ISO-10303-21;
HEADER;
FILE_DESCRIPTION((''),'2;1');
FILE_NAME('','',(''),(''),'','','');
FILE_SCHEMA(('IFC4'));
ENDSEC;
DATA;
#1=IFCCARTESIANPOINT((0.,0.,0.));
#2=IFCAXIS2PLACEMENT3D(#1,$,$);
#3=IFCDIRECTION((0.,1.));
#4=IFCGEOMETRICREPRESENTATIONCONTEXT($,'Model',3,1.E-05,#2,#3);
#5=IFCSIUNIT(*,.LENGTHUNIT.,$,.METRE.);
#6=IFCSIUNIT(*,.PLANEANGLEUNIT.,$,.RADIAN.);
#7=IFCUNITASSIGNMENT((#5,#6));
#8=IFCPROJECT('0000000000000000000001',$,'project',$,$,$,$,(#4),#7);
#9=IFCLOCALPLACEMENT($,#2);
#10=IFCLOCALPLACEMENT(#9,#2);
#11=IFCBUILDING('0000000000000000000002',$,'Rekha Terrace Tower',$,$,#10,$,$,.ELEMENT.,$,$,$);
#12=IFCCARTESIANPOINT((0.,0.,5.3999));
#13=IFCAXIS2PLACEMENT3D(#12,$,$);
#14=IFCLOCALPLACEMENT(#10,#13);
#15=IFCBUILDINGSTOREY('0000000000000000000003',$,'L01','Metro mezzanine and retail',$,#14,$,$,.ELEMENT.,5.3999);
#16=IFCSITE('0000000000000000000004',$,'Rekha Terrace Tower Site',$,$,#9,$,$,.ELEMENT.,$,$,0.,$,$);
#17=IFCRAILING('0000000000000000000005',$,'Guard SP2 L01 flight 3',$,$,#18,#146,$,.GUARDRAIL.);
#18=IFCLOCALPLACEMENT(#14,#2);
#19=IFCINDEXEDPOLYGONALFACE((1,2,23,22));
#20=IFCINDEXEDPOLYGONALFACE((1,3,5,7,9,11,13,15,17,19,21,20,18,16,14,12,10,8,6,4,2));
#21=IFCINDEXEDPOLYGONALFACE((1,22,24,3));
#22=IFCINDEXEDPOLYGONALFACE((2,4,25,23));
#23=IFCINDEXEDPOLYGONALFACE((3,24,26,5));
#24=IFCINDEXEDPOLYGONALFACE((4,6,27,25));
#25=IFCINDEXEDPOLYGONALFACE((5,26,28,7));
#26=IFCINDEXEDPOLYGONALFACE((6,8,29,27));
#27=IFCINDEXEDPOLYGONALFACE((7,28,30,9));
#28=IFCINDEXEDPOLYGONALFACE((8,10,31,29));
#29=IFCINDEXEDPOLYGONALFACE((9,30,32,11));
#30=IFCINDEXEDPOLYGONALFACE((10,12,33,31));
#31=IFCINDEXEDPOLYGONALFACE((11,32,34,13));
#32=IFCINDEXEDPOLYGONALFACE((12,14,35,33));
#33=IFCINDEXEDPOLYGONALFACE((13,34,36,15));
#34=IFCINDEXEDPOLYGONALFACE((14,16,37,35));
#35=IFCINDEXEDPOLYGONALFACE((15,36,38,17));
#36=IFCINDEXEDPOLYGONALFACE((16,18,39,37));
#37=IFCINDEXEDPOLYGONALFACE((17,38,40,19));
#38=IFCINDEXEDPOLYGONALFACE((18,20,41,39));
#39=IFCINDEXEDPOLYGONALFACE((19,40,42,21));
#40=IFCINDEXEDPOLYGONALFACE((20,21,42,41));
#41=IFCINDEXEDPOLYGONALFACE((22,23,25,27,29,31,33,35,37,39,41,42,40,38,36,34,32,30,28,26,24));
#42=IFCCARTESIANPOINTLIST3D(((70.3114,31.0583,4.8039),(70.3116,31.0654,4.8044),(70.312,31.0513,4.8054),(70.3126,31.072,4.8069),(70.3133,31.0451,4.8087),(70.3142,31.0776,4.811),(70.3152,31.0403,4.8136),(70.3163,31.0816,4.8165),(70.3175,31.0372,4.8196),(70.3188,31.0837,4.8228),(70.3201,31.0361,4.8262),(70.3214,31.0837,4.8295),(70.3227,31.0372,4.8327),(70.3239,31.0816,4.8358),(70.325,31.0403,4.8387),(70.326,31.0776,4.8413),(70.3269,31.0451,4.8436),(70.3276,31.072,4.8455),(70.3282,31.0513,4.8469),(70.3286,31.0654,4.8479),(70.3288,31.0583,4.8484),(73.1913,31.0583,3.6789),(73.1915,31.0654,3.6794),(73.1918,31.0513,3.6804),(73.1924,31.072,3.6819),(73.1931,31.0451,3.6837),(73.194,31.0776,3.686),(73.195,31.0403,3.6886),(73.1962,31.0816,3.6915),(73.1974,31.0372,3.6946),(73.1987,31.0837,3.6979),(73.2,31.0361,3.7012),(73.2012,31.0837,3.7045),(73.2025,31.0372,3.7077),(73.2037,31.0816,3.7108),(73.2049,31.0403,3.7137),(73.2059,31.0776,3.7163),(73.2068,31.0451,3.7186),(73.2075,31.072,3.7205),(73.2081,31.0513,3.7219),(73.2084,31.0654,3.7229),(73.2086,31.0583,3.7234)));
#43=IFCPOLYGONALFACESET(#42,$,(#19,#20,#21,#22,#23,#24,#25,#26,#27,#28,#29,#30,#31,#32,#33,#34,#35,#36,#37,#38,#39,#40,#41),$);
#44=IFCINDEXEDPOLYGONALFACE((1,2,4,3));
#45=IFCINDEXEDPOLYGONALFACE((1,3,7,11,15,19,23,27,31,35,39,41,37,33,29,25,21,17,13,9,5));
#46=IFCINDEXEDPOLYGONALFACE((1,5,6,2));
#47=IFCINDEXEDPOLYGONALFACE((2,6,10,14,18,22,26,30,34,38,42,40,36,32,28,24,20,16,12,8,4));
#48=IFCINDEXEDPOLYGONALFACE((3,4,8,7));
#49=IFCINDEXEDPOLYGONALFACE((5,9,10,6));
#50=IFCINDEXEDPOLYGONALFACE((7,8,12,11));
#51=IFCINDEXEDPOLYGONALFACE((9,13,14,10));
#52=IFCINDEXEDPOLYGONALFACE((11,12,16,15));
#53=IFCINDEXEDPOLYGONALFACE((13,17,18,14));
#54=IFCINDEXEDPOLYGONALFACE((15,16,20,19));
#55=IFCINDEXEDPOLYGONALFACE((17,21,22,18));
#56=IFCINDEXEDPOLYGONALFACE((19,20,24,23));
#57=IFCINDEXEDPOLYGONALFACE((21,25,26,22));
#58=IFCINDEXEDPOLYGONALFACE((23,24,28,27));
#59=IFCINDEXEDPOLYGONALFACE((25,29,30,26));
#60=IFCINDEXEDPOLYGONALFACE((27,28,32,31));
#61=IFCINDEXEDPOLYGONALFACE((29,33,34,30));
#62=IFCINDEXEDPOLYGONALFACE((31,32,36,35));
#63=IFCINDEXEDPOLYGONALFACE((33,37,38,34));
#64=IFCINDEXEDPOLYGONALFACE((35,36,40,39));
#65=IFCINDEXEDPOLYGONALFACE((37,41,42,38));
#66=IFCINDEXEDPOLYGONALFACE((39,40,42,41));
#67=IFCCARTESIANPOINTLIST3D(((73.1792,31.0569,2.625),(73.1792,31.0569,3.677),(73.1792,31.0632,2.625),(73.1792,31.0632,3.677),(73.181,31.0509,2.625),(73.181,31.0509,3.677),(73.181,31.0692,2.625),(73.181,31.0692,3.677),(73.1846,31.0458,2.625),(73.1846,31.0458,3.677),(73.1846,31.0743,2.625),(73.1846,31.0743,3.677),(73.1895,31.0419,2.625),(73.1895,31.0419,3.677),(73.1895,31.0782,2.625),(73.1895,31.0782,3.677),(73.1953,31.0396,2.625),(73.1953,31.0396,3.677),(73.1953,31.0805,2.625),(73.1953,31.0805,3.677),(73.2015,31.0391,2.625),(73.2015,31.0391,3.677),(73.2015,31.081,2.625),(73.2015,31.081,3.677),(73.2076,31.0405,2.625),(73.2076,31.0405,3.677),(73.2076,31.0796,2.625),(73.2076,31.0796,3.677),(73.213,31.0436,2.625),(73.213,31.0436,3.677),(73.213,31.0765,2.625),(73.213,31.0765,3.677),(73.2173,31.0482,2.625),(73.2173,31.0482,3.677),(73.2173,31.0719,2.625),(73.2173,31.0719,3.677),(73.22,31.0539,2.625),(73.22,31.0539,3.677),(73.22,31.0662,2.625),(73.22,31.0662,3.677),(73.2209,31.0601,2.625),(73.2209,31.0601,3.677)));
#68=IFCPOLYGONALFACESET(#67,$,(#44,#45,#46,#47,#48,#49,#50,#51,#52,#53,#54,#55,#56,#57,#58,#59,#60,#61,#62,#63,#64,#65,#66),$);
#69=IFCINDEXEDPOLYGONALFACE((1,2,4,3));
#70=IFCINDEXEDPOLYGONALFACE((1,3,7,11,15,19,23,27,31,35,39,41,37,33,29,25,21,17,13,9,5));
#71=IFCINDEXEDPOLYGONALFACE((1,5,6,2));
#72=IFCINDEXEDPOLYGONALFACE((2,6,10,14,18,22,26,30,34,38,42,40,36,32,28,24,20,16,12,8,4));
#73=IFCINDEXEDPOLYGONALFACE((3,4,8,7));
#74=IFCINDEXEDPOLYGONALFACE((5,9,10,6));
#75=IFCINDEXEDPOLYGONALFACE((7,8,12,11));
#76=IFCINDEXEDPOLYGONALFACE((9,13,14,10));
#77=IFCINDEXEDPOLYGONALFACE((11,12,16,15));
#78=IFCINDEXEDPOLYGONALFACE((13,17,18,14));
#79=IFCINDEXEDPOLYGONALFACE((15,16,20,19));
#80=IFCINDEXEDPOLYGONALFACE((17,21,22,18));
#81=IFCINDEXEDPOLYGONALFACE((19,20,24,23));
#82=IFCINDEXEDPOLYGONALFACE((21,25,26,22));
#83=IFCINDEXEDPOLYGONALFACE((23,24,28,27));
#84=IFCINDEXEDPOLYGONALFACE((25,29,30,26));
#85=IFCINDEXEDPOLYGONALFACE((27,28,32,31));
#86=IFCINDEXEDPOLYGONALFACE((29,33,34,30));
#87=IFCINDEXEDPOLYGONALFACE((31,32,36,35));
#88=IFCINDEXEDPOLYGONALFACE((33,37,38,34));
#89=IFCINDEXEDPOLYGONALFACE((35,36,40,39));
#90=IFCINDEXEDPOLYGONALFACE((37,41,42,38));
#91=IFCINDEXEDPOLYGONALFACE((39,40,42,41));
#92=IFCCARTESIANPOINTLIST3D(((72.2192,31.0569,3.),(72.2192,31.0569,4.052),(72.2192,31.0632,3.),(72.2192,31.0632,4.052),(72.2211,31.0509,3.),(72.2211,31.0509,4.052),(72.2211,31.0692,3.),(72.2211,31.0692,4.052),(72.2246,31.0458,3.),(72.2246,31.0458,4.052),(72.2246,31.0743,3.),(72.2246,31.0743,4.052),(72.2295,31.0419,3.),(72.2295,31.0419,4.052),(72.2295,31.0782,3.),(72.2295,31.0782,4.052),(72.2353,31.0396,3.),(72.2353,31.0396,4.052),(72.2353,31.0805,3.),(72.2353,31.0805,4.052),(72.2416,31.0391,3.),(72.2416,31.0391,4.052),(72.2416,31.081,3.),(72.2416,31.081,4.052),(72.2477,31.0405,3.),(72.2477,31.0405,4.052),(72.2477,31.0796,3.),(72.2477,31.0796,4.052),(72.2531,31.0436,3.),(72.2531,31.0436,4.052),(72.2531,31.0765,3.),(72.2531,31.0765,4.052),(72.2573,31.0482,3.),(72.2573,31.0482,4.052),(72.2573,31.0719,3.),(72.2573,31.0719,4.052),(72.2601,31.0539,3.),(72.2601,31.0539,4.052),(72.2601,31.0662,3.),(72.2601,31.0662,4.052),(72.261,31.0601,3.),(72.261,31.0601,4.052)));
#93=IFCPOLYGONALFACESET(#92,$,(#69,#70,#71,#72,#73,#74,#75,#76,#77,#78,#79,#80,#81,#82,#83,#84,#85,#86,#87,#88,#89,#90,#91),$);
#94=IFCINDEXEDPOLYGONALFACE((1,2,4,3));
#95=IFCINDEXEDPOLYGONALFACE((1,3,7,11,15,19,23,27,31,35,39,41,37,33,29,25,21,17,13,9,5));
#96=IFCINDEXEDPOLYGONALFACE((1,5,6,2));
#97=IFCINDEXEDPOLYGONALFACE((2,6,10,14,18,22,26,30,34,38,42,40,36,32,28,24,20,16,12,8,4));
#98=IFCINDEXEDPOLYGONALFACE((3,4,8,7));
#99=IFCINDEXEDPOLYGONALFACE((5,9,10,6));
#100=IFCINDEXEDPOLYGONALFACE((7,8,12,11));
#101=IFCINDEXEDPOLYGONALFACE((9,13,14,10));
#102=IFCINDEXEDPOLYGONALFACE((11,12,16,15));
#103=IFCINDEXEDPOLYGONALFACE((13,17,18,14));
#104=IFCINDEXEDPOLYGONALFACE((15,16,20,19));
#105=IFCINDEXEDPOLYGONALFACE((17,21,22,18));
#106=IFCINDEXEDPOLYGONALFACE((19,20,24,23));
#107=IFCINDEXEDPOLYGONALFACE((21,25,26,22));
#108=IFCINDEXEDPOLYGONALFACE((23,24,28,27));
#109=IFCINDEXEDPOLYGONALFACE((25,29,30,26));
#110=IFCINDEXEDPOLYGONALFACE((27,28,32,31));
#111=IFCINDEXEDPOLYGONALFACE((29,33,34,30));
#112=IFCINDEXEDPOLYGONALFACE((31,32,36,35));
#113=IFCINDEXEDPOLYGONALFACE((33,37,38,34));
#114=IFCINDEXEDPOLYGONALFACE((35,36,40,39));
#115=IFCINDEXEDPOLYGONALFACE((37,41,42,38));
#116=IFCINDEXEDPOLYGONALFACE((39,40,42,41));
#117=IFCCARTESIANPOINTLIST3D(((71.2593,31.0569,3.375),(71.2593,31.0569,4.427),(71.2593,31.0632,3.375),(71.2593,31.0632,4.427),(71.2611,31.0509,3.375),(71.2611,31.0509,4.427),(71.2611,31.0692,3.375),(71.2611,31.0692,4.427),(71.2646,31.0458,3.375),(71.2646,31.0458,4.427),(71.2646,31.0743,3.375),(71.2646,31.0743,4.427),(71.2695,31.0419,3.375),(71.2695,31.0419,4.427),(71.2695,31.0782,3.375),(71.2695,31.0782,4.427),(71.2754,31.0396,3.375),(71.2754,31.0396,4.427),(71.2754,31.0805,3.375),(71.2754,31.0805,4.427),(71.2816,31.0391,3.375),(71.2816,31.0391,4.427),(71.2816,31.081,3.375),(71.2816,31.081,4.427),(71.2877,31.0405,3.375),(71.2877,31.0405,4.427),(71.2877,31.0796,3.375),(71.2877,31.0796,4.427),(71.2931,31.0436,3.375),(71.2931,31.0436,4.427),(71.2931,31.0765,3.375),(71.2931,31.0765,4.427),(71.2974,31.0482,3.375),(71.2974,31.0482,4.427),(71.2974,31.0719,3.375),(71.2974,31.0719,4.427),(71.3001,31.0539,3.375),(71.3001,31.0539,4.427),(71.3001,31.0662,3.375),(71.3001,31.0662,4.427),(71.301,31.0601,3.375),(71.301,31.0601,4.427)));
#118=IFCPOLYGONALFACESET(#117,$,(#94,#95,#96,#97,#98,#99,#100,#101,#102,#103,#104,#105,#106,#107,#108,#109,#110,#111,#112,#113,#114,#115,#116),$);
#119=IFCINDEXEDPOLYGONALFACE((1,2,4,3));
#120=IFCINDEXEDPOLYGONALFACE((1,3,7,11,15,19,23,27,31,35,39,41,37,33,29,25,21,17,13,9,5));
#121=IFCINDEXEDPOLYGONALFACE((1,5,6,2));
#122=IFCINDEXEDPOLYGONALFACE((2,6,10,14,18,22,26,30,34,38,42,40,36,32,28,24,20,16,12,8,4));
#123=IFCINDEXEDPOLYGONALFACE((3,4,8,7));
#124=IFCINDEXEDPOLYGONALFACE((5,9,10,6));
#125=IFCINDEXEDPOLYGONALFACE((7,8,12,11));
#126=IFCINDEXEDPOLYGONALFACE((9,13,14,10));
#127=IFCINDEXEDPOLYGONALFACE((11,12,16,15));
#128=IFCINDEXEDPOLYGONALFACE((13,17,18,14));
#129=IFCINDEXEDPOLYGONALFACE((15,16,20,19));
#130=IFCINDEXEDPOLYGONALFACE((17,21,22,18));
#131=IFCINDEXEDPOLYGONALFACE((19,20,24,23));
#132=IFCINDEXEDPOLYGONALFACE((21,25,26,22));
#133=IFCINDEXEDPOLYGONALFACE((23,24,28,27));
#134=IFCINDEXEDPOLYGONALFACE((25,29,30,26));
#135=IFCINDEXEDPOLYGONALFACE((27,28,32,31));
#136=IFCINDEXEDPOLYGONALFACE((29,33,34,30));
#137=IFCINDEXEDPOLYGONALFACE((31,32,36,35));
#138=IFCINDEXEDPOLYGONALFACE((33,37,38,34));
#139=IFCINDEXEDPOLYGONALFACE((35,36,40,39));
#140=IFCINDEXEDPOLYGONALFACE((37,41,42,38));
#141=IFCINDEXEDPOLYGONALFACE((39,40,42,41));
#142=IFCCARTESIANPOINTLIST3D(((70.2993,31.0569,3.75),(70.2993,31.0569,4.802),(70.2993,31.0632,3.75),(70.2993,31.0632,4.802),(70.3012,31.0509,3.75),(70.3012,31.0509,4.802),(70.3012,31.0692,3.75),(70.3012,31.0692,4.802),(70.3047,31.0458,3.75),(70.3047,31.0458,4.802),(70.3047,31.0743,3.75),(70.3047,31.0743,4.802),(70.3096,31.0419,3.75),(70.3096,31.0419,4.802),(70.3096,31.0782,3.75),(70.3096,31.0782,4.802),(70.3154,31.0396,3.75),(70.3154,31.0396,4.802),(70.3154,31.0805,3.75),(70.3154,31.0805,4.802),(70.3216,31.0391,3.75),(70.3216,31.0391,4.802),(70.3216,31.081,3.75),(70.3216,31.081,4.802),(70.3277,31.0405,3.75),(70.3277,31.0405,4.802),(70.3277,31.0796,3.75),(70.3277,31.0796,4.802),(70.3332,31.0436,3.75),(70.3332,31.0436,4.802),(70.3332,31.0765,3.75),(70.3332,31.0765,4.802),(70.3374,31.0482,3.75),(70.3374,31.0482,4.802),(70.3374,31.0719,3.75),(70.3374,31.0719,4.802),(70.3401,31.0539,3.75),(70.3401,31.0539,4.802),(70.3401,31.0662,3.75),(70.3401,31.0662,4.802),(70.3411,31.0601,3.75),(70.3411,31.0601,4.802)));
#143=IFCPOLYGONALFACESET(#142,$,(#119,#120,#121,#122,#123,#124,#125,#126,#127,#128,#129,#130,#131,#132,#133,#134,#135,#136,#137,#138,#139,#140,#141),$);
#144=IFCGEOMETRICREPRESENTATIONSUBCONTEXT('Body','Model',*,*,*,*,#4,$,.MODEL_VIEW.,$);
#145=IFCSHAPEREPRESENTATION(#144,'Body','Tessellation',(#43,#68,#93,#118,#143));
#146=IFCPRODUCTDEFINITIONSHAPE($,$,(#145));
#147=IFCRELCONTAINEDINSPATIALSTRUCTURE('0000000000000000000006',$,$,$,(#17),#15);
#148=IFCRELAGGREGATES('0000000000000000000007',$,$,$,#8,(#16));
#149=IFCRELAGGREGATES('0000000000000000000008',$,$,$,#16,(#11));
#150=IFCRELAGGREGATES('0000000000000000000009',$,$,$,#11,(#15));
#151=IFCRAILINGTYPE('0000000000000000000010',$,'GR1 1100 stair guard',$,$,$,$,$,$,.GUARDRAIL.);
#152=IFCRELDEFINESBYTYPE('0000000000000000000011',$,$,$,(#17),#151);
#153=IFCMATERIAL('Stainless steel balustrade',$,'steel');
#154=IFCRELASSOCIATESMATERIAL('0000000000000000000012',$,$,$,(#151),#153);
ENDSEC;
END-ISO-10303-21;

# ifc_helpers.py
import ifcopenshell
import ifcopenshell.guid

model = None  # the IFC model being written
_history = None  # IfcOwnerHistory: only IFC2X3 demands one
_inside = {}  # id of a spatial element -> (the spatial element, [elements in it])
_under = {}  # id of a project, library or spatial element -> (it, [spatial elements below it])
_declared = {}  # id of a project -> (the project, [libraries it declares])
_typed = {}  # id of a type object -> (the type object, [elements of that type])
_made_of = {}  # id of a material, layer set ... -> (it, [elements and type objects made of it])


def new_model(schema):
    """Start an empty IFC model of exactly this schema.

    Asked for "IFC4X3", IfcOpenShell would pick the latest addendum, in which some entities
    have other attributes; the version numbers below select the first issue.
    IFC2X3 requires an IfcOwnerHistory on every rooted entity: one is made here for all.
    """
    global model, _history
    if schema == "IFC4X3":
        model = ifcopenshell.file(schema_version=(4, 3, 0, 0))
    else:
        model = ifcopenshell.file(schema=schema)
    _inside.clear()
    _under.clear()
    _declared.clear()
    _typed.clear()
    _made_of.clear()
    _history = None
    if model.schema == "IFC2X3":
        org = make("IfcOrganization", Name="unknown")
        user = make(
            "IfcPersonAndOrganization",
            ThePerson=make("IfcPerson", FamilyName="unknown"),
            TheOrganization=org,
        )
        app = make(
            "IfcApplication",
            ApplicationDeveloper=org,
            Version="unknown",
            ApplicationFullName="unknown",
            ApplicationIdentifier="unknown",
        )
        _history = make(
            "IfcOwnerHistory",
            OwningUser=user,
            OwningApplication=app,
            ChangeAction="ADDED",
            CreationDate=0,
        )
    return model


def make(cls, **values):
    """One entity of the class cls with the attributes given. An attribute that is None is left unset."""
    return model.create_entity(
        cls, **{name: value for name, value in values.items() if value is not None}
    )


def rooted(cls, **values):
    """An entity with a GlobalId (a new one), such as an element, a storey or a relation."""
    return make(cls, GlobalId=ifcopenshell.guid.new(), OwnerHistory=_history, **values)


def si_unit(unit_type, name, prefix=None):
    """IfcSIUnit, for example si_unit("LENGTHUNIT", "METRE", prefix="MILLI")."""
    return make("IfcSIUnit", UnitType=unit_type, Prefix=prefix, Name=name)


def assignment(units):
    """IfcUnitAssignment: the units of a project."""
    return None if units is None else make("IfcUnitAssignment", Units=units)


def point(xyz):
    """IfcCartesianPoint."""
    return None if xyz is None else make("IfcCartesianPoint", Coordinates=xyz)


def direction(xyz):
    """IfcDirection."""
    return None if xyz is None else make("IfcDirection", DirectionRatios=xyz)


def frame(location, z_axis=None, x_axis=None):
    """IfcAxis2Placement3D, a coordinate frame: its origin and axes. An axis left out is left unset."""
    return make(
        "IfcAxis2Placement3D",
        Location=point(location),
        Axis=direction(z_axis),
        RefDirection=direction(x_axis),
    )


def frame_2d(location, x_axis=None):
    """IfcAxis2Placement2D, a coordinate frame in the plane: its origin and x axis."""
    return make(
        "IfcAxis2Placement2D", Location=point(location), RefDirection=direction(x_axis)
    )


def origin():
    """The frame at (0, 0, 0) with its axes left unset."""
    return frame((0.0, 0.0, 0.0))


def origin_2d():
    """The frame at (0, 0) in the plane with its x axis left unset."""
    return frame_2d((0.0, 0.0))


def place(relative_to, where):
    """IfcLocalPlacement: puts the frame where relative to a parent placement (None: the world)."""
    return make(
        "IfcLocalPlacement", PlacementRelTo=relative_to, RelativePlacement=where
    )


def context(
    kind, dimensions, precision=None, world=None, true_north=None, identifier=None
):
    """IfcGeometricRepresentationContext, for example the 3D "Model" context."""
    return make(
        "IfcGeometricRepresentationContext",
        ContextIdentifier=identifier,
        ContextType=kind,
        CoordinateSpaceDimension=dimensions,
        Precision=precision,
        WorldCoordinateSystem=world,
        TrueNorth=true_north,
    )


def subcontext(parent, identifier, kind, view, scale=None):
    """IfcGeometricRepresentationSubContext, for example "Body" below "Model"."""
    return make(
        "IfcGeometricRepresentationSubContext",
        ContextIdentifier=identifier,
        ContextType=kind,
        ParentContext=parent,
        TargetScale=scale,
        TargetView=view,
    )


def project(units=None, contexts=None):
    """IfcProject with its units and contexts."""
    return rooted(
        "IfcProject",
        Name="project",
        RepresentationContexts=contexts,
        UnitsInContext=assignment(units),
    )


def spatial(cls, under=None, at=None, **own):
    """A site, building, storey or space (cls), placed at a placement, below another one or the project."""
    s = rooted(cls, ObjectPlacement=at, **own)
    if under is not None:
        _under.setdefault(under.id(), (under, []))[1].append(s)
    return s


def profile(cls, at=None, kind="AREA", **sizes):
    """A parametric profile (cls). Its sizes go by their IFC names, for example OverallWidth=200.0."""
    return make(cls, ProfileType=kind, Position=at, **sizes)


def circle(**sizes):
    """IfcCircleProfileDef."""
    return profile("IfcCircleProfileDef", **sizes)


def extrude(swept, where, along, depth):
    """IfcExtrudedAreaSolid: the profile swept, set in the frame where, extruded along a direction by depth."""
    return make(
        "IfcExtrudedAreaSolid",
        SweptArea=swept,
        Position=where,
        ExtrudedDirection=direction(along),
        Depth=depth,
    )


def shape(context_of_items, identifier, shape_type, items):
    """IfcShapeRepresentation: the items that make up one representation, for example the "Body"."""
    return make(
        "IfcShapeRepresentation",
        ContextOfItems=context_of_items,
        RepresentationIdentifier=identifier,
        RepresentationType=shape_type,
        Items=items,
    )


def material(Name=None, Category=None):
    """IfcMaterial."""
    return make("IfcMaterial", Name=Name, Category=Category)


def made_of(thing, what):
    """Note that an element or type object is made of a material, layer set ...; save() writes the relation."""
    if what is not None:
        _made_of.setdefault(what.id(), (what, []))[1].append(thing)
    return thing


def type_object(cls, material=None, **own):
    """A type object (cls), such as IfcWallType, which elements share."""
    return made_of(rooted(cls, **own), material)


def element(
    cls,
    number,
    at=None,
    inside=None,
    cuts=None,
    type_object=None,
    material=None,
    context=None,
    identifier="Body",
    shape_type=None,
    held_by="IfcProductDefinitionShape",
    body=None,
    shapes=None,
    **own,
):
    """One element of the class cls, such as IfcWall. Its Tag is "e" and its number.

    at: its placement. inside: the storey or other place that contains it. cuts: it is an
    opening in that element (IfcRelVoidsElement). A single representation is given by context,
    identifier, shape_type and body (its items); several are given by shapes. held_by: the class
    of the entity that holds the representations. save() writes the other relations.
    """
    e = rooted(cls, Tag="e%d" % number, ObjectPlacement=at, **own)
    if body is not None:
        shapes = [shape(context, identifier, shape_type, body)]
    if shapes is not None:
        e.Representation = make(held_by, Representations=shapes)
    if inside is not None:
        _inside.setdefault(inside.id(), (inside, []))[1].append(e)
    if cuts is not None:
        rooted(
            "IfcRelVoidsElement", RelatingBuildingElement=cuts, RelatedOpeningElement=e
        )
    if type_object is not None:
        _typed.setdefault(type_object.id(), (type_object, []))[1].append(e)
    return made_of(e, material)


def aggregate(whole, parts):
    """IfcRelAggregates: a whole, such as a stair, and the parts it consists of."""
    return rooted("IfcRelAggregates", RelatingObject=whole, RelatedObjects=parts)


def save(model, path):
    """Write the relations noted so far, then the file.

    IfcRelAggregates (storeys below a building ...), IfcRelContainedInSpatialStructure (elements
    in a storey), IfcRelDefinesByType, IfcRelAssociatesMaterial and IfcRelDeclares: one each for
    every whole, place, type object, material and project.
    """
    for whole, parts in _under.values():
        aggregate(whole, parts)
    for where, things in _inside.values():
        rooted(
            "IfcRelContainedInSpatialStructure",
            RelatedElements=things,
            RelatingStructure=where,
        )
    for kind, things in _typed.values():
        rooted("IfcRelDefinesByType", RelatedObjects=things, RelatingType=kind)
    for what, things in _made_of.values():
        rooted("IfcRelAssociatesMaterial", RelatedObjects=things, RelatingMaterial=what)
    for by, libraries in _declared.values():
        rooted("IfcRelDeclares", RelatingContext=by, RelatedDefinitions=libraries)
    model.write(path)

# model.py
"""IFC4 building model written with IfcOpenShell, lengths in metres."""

from ifc_helpers import new_model, si_unit, direction, frame, origin, origin_2d, place, context, subcontext, project, spatial, circle, extrude, material, type_object, element, save


model = new_model("IFC4")

# Units and contexts
model_context = context("Model", 3, precision=1e-05, world=origin(), true_north=direction((0.0, 1.0)))
body_context = subcontext(model_context, "Body", "Model", "MODEL_VIEW")
ifc_project = project(units=[si_unit("LENGTHUNIT", "METRE"), si_unit("PLANEANGLEUNIT", "RADIAN")], contexts=[model_context])

# Site, building, storey
site_placement = place(None, origin())
site = spatial("IfcSite", under=ifc_project, at=site_placement, Name="Rekha Terrace Tower Site", CompositionType="ELEMENT", RefElevation=0.0)
building_placement = place(site_placement, origin())
building = spatial("IfcBuilding", under=site, at=building_placement, Name="Rekha Terrace Tower", CompositionType="ELEMENT")
storey_placement = place(building_placement, frame((0.0, 0.0, 5.3999)))
storey = spatial("IfcBuildingStorey", under=building, at=storey_placement, Name="L01", Description="Metro mezzanine and retail", CompositionType="ELEMENT", Elevation=5.3999)

# Railing
ifc_material_1 = material(Name="Stainless steel balustrade", Category="steel")
railing_type_1 = type_object("IfcRailingType", Name="GR1 1100 stair guard", PredefinedType="GUARDRAIL", material=ifc_material_1)
railing_1_placement = place(storey_placement, frame((73.2, 31.0601, 2.625)))
element("IfcRailing", 1, at=railing_1_placement, inside=storey, type_object=railing_type_1, Name="Guard SP2 L01 flight 3", PredefinedType="GUARDRAIL", context=body_context, shape_type="SweptSolid", body=[
    extrude(circle(Radius=0.0239, at=origin_2d()), frame((0.0, 0.0, 1.0762), z_axis=(-0.931452, 0.0, 0.363863), x_axis=(0.0, -1.0, 0.0)), (0.0, 0.0, 1.0), 3.0918),
    extrude(circle(Radius=0.021, at=origin_2d()), origin(), (0.0, 0.0, 1.0), 1.052),
    extrude(circle(Radius=0.021, at=origin_2d()), frame((-0.96, 0.0, 0.375)), (0.0, 0.0, 1.0), 1.052),
    extrude(circle(Radius=0.021, at=origin_2d()), frame((-1.9199, 0.0, 0.75)), (0.0, 0.0, 1.0), 1.052),
    extrude(circle(Radius=0.021, at=origin_2d()), frame((-2.8799, 0.0, 1.125)), (0.0, 0.0, 1.0), 1.052),
])

save(model, "model.ifc")
